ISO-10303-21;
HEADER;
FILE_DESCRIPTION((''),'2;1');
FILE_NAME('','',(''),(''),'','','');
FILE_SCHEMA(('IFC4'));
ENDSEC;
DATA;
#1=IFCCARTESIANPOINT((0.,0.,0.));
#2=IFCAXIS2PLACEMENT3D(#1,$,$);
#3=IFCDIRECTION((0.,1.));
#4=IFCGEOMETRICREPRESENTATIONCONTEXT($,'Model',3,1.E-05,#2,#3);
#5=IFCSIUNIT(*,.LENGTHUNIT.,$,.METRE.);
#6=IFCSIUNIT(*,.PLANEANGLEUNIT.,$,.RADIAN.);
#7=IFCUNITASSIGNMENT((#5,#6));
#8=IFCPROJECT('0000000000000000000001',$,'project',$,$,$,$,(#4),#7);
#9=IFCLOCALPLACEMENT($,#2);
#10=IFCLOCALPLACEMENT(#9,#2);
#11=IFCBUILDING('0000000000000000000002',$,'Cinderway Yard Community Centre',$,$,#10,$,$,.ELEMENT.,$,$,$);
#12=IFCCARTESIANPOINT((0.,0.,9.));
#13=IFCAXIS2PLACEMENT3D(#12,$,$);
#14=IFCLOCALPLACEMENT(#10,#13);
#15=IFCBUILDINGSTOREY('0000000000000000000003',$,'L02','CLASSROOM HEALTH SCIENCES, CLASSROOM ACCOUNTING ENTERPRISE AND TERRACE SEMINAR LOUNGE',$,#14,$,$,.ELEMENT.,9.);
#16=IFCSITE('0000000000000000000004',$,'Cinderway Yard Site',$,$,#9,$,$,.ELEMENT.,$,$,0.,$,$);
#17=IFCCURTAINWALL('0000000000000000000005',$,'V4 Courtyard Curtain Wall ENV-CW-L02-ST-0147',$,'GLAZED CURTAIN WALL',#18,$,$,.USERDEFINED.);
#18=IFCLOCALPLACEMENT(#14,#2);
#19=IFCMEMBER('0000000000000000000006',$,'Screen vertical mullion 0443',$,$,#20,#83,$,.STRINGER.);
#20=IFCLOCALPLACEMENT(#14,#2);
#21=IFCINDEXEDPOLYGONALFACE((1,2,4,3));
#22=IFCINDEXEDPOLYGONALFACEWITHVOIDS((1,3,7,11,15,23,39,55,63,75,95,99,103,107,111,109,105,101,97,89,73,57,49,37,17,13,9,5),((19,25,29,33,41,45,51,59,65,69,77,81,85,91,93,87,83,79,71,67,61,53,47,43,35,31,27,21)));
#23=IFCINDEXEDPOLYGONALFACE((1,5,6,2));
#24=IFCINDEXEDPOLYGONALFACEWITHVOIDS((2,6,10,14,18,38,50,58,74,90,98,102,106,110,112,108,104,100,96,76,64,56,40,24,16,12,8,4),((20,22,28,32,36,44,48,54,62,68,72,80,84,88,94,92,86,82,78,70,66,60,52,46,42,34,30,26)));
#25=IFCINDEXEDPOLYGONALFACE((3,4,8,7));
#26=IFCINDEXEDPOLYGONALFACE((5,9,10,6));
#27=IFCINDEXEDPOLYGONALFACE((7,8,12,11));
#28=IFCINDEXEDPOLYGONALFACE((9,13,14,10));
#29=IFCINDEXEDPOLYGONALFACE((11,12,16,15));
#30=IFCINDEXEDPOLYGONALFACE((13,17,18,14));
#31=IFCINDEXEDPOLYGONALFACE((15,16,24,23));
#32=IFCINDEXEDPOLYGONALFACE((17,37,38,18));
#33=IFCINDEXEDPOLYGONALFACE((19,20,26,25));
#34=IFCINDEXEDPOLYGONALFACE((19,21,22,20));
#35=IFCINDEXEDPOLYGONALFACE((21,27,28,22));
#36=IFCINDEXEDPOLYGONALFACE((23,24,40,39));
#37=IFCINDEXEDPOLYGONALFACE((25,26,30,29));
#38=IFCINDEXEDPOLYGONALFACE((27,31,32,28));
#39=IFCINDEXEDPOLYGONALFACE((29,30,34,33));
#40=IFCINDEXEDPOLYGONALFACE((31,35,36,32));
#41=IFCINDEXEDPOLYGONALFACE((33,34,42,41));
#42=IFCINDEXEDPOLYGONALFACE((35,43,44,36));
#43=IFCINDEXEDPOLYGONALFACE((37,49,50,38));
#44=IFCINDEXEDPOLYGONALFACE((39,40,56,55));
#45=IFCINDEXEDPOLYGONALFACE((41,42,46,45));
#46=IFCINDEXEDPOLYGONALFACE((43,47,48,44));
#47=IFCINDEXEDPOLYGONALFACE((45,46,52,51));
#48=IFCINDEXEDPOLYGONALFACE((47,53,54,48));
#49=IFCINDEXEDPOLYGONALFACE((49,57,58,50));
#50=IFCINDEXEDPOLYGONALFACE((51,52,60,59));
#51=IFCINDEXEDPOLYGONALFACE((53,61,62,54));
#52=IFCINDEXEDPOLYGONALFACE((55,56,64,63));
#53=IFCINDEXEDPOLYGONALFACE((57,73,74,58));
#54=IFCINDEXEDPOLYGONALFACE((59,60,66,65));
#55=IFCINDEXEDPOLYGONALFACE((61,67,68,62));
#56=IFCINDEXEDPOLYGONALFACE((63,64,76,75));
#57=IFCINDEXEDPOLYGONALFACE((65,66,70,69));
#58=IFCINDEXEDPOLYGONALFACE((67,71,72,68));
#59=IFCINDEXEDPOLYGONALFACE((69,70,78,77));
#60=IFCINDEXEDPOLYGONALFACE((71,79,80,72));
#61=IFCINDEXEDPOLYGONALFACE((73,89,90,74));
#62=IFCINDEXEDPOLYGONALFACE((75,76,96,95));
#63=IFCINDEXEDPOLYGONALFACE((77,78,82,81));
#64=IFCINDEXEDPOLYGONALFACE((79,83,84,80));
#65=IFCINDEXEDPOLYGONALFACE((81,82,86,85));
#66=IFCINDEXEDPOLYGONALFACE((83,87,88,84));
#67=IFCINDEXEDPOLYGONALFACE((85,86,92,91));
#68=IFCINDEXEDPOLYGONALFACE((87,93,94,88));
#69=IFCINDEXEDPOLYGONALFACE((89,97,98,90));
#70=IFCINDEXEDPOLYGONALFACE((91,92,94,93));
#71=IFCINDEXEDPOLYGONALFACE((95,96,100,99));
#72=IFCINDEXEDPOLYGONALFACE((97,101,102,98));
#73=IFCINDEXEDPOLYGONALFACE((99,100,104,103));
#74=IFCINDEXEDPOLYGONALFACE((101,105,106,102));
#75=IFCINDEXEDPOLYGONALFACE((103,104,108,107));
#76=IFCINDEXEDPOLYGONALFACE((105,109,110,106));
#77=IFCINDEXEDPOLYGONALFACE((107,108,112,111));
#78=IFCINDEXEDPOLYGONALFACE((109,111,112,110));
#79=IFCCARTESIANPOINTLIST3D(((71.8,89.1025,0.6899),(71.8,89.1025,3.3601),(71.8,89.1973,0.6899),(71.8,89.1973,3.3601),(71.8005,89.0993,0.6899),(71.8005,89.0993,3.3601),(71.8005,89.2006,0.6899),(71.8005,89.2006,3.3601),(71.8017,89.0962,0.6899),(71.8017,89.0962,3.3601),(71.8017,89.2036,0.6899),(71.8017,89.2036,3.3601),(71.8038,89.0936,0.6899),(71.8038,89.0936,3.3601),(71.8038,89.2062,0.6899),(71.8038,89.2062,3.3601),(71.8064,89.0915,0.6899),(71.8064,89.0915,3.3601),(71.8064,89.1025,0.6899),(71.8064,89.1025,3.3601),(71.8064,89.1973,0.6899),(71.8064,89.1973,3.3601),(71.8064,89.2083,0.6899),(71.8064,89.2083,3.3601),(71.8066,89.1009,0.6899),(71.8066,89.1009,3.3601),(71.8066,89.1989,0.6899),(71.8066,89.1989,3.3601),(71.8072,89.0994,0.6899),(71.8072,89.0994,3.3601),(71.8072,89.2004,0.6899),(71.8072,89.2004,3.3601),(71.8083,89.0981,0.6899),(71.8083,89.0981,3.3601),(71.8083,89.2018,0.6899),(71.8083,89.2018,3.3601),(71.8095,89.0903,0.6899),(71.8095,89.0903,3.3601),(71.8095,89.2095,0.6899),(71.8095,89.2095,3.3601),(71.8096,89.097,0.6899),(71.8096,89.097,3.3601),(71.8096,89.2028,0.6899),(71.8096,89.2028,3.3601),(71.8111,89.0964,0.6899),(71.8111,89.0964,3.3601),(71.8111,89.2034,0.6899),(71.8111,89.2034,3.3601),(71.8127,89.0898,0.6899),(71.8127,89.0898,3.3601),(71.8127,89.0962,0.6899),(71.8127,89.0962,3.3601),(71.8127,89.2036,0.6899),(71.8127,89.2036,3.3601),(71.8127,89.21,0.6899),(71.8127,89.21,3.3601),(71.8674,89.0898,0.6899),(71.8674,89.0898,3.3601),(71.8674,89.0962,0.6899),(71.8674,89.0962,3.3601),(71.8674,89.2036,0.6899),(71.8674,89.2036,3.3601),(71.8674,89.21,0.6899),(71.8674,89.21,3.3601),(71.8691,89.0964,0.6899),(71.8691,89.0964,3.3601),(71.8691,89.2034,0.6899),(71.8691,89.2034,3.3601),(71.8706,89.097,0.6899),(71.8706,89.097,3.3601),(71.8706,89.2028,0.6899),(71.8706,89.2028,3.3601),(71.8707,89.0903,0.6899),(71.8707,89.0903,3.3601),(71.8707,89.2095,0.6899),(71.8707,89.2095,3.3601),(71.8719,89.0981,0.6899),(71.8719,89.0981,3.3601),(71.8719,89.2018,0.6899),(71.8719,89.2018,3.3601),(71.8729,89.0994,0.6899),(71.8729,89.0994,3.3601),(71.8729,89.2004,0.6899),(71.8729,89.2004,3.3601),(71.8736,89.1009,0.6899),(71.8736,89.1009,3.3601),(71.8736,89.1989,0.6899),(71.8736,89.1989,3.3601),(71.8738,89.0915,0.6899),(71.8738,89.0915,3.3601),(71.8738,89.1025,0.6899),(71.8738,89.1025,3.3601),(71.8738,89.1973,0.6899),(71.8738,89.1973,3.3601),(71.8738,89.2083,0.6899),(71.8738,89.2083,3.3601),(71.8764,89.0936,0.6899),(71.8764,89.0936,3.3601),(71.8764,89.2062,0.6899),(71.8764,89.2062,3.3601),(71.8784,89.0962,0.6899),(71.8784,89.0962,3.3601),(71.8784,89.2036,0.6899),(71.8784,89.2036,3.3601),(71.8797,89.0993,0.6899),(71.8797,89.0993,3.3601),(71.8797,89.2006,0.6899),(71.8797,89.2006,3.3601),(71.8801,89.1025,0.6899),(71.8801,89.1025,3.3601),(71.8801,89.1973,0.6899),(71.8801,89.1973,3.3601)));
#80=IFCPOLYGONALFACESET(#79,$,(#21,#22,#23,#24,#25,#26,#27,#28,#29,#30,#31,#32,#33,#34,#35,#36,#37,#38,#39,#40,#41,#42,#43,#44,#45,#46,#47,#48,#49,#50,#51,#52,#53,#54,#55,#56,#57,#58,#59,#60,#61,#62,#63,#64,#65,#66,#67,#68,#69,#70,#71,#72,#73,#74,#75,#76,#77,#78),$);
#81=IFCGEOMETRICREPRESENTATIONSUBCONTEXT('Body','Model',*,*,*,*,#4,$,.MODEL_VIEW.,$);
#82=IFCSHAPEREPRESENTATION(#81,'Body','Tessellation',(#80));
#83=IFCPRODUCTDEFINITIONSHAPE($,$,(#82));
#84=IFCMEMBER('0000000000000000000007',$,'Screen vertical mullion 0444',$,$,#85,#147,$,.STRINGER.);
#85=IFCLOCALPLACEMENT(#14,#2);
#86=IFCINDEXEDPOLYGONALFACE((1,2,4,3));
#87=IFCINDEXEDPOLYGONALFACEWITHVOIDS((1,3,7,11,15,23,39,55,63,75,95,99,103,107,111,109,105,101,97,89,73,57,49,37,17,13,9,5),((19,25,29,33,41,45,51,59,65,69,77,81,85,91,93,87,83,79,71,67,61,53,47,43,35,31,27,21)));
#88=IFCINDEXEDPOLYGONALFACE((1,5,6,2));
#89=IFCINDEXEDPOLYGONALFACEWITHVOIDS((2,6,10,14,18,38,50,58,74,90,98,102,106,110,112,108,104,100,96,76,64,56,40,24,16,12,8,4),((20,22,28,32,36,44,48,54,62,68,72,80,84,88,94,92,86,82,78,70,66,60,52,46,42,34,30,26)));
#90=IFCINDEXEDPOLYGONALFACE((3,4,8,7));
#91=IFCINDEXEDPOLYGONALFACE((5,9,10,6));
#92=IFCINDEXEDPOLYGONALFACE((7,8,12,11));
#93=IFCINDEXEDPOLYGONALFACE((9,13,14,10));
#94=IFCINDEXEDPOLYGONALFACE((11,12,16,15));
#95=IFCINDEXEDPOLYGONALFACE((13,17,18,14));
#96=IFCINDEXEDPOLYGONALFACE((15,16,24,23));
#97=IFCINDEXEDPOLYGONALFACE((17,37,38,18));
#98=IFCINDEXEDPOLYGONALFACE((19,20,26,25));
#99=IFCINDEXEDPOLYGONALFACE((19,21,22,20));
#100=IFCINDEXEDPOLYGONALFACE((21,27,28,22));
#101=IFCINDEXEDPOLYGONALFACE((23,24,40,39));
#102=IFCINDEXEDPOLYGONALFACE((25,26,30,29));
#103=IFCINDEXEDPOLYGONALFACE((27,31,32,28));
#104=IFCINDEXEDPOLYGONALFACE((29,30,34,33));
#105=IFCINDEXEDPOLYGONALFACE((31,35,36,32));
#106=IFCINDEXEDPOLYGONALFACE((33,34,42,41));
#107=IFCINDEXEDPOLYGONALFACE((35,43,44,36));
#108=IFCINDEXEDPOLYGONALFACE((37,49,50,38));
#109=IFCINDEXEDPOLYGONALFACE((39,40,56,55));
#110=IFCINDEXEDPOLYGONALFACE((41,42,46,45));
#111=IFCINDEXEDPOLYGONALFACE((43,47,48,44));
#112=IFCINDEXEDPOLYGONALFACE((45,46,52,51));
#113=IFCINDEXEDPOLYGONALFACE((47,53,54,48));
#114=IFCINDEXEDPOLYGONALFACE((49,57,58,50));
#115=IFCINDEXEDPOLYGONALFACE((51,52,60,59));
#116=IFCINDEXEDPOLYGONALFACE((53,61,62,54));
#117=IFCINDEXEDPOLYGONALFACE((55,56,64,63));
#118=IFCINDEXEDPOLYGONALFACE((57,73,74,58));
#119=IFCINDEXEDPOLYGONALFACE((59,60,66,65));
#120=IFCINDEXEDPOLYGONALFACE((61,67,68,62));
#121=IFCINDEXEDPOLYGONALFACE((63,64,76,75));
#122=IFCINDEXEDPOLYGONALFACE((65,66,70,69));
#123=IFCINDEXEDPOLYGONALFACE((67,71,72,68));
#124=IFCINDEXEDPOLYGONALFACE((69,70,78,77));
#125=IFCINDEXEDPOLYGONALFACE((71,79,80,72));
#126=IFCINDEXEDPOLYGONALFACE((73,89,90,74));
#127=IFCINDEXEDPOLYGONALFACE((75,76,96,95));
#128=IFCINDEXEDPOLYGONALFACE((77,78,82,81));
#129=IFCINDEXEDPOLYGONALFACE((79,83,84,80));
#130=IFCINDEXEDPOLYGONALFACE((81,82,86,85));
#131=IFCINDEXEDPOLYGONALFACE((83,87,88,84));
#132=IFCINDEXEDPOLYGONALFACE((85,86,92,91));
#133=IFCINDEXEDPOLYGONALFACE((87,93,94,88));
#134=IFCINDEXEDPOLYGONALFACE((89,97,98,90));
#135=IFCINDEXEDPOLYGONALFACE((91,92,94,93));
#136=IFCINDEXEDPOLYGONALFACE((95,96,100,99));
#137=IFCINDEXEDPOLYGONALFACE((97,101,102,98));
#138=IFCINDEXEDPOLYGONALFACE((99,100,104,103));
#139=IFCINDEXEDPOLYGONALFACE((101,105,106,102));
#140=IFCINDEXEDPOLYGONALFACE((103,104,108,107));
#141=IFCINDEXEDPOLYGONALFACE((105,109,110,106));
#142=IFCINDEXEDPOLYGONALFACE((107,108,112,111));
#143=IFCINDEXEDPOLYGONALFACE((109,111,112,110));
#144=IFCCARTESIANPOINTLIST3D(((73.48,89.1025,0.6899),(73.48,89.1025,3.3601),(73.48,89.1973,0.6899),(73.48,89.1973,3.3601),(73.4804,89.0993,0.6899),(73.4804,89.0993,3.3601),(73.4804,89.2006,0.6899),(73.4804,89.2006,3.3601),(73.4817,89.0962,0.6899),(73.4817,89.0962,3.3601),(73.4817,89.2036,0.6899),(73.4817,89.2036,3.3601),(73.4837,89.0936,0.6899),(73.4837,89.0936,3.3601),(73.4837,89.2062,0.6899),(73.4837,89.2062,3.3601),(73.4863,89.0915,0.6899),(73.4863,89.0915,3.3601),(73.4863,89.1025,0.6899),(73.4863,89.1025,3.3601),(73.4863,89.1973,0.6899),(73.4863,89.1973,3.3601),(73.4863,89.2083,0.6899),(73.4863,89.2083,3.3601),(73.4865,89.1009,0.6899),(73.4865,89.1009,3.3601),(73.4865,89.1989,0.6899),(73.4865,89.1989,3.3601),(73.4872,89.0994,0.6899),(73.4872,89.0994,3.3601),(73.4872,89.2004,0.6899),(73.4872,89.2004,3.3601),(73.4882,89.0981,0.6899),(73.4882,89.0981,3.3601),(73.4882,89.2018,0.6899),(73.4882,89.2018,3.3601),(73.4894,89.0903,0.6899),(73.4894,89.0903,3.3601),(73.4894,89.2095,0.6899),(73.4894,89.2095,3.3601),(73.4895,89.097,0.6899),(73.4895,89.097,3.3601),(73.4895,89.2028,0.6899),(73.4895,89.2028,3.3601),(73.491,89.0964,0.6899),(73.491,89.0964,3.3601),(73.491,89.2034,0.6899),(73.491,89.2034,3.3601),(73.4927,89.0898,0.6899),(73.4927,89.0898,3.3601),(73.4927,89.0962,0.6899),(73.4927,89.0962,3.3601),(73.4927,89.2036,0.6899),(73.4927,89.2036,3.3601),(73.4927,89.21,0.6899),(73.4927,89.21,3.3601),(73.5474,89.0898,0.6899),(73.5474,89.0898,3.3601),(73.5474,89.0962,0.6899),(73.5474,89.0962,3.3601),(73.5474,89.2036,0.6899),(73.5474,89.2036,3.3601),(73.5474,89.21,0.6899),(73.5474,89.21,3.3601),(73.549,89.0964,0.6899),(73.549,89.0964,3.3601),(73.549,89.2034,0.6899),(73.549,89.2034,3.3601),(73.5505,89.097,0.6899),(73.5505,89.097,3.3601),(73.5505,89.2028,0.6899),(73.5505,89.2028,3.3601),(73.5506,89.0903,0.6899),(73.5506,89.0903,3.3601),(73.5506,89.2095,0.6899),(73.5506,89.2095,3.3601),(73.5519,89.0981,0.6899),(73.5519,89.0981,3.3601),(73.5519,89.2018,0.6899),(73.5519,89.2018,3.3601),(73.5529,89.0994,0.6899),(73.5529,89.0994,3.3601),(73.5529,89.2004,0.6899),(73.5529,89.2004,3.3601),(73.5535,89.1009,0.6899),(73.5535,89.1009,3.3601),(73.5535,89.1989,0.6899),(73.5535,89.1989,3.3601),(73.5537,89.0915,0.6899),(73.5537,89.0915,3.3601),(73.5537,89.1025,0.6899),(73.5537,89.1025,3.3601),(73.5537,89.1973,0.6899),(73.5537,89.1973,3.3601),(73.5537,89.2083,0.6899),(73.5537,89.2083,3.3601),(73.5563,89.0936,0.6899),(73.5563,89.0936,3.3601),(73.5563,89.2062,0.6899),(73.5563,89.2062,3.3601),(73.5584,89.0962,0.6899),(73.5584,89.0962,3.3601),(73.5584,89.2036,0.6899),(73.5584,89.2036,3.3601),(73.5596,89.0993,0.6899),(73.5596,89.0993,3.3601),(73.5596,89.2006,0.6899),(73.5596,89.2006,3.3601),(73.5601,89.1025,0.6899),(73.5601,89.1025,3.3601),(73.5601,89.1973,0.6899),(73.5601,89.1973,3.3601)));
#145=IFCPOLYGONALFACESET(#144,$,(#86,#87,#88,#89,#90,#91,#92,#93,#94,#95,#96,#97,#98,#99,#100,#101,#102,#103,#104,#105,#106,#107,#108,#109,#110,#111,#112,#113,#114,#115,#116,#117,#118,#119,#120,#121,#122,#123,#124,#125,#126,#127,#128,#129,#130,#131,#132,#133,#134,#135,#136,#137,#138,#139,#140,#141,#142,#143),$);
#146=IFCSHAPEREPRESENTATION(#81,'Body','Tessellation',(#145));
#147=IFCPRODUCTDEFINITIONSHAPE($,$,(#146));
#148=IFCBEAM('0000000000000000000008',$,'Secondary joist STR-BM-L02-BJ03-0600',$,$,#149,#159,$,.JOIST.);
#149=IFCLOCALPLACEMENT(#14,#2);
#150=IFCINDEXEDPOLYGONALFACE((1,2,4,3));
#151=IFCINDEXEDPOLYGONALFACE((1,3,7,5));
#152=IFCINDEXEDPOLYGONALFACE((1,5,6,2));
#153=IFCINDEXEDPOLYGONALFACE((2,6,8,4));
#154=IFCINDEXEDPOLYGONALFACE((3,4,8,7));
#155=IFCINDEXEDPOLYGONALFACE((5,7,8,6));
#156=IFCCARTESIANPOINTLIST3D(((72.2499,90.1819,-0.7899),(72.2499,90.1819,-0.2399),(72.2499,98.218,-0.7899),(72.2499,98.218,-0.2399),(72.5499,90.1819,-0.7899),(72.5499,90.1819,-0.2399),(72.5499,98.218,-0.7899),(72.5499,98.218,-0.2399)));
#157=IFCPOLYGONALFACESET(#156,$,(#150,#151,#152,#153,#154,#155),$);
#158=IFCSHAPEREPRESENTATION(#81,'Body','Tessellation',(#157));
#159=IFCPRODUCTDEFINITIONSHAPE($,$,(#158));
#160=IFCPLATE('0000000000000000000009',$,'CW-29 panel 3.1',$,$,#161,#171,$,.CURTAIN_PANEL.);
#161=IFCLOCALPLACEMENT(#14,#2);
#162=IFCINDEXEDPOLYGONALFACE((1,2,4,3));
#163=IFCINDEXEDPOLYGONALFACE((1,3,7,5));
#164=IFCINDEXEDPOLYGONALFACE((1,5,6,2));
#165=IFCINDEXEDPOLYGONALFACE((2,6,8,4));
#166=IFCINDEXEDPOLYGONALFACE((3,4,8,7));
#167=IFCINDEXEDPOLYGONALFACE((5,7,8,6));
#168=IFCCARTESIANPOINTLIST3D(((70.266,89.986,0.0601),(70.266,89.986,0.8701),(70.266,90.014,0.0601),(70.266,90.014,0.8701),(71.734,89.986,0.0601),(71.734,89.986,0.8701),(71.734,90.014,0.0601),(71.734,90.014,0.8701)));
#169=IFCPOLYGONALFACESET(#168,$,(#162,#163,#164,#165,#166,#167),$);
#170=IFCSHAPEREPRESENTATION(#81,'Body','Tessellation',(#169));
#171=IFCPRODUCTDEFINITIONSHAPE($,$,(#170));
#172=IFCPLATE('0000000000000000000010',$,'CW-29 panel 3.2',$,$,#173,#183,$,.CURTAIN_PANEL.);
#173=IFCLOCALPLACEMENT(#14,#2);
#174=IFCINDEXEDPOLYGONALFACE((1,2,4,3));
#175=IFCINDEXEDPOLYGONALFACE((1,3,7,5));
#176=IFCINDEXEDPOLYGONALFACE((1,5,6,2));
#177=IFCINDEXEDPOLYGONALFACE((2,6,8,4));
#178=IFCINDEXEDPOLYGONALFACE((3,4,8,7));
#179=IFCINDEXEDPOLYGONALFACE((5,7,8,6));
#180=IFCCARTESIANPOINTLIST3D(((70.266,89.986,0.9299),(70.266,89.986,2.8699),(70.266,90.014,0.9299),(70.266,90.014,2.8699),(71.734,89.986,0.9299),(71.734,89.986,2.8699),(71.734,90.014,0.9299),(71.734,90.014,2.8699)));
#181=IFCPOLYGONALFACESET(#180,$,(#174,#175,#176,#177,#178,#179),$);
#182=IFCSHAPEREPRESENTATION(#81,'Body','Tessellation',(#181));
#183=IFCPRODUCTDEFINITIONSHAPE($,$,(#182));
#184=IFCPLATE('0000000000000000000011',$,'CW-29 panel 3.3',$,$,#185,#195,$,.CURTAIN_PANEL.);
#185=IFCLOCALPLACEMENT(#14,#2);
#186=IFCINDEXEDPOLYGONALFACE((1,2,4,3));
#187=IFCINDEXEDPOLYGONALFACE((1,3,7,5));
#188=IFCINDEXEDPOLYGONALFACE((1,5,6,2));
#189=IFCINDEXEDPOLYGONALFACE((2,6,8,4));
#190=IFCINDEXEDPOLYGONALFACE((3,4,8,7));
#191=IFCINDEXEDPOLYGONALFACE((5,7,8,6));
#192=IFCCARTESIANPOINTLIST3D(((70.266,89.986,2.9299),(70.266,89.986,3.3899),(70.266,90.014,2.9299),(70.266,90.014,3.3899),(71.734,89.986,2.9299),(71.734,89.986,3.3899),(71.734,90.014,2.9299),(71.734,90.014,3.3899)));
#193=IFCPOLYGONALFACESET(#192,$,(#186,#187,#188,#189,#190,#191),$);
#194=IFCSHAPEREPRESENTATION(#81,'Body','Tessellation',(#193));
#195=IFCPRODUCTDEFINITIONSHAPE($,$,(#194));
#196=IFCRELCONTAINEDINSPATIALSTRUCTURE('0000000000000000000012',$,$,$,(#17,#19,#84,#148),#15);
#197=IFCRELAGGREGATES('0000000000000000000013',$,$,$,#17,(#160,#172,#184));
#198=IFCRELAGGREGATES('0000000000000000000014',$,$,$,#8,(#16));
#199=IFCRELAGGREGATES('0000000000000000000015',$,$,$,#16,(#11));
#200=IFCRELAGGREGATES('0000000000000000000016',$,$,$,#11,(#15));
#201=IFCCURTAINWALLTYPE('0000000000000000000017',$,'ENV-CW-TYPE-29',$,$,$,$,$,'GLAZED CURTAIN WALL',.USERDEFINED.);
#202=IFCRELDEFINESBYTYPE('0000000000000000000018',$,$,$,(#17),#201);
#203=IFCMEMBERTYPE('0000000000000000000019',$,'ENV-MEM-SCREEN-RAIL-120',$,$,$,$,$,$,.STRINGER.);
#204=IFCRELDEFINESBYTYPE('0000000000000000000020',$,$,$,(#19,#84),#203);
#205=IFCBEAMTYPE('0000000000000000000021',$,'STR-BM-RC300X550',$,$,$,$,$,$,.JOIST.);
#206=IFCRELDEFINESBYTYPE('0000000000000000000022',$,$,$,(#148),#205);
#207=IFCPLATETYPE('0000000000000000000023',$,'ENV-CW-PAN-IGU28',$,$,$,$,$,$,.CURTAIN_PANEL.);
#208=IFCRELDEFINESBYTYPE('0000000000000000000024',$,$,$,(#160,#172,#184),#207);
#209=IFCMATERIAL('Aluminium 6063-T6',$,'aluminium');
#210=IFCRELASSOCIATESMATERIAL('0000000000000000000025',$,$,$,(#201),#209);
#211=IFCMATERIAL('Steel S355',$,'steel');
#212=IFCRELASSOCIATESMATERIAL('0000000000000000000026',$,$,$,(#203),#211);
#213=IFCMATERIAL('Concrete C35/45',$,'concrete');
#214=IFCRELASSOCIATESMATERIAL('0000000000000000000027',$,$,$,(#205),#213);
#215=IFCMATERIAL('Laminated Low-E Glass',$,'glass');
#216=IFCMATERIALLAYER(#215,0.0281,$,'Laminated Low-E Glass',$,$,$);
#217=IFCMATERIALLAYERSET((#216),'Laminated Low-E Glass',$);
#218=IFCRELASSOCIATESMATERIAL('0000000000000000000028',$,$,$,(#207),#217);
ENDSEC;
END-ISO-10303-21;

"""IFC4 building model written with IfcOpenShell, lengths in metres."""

from ifc_helpers import new_model, si_unit, direction, frame, origin, origin_2d, place, context, subcontext, project, spatial, rectangle, hollow_rectangle, extrude, material, layer, layer_set, material_profile, profile_set, type_object, element, aggregate, save


model = new_model("IFC4")

# Units and contexts
model_context = context("Model", 3, precision=1e-05, world=origin(), true_north=direction((0.0, 1.0)))
body_context = subcontext(model_context, "Body", "Model", "MODEL_VIEW")
ifc_project = project(units=[si_unit("LENGTHUNIT", "METRE"), si_unit("PLANEANGLEUNIT", "RADIAN")], contexts=[model_context])

# Site, building, storey
site_placement = place(None, origin())
site = spatial("IfcSite", under=ifc_project, at=site_placement, Name="Cinderway Yard Site", CompositionType="ELEMENT", RefElevation=0.0)
building_placement = place(site_placement, origin())
building = spatial("IfcBuilding", under=site, at=building_placement, Name="Cinderway Yard Community Centre", CompositionType="ELEMENT")
storey_placement = place(building_placement, frame((0.0, 0.0, 9.0)))
storey = spatial("IfcBuildingStorey", under=building, at=storey_placement, Name="L02", Description="CLASSROOM HEALTH SCIENCES, CLASSROOM ACCOUNTING ENTERPRISE AND TERRACE SEMINAR LOUNGE", CompositionType="ELEMENT", Elevation=9.0)

# Curtain wall
ifc_material_1 = material(Name="Aluminium 6063-T6", Category="aluminium")
curtain_wall_type = type_object("IfcCurtainWallType", Name="ENV-CW-TYPE-29", ElementType="GLAZED CURTAIN WALL", PredefinedType="USERDEFINED", material=ifc_material_1)
curtain_wall_placement = place(storey_placement, origin())
curtain_wall = element("IfcCurtainWall", 1, at=curtain_wall_placement, inside=storey, type_object=curtain_wall_type, Name="V4 Courtyard Curtain Wall ENV-CW-L02-ST-0147", ObjectType="GLAZED CURTAIN WALL", PredefinedType="USERDEFINED")

# Members
ifc_material_2 = material(Name="Steel S355", Category="steel")
ifc_material_profile_1 = material_profile(ifc_material_2, hollow_rectangle(XDim=0.0801, YDim=0.1201, WallThickness=0.0063, InnerFilletRadius=0.0063, OuterFilletRadius=0.0127, at=origin_2d()), Name="Steel S355")
ifc_profile_set_1 = profile_set([ifc_material_profile_1], Name="Steel S355")
member_type_1 = type_object("IfcMemberType", Name="ENV-MEM-SCREEN-RAIL-120", PredefinedType="STRINGER", material=ifc_profile_set_1)
for number, where, z_axis, x_axis, name in (
    (2, (71.8401, 89.1499, 0.6899), (0.0, 0.0, 1.0), (1.0, 0.0, 0.0), "Screen vertical mullion 0443"),
    (3, (73.52, 89.1499, 0.6899), (0.0, 0.0, 1.0), (1.0, 0.0, 0.0), "Screen vertical mullion 0444"),
):
    element("IfcMember", number, at=place(storey_placement, frame(where, z_axis=z_axis, x_axis=x_axis)), inside=storey, type_object=member_type_1, Name=name, PredefinedType="STRINGER", context=body_context, shape_type="SweptSolid", body=[
        extrude(hollow_rectangle(XDim=0.0801, YDim=0.1201, WallThickness=0.0063, InnerFilletRadius=0.0063, OuterFilletRadius=0.0127, at=origin_2d()), origin(), (0.0, 0.0, 1.0), 2.6702),
    ])

# Beam
ifc_material_3 = material(Name="Concrete C35/45", Category="concrete")
ifc_material_profile_2 = material_profile(ifc_material_3, rectangle(XDim=0.3, YDim=0.55, at=origin_2d()), Name="Concrete C35/45")
ifc_profile_set_2 = profile_set([ifc_material_profile_2], Name="Concrete C35/45")
beam_type = type_object("IfcBeamType", Name="STR-BM-RC300X550", PredefinedType="JOIST", material=ifc_profile_set_2)
beam_placement = place(storey_placement, frame((72.3999, 90.1819, -0.5149), z_axis=(0.0, 1.0, 0.0), x_axis=(-1.0, 0.0, 0.0)))
element("IfcBeam", 4, at=beam_placement, inside=storey, type_object=beam_type, Name="Secondary joist STR-BM-L02-BJ03-0600", PredefinedType="JOIST", context=body_context, shape_type="SweptSolid", body=[
    extrude(rectangle(XDim=0.3, YDim=0.55, at=origin_2d()), origin(), (0.0, 0.0, 1.0), 8.0361),
])

# Plates
ifc_material_4 = material(Name="Laminated Low-E Glass", Category="glass")
ifc_layer_1 = layer(ifc_material_4, 0.0281, Name="Laminated Low-E Glass")
ifc_layer_set_1 = layer_set([ifc_layer_1], Name="Laminated Low-E Glass")
plate_type_1 = type_object("IfcPlateType", Name="ENV-CW-PAN-IGU28", PredefinedType="CURTAIN_PANEL", material=ifc_layer_set_1)
plate_1_placement = place(storey_placement, frame((71.0, 90.0, 0.0601), z_axis=(0.0, 0.0, 1.0), x_axis=(1.0, 0.0, 0.0)))
plate_1 = element("IfcPlate", 5, at=plate_1_placement, type_object=plate_type_1, Name="CW-29 panel 3.1", PredefinedType="CURTAIN_PANEL", context=body_context, shape_type="SweptSolid", body=[
    extrude(rectangle(XDim=1.468, YDim=0.0281, at=origin_2d()), origin(), (0.0, 0.0, 1.0), 0.8101),
])
plate_2_placement = place(storey_placement, frame((71.0, 90.0, 0.9299), z_axis=(0.0, 0.0, 1.0), x_axis=(1.0, 0.0, 0.0)))
plate_2 = element("IfcPlate", 6, at=plate_2_placement, type_object=plate_type_1, Name="CW-29 panel 3.2", PredefinedType="CURTAIN_PANEL", context=body_context, shape_type="SweptSolid", body=[
    extrude(rectangle(XDim=1.468, YDim=0.0281, at=origin_2d()), origin(), (0.0, 0.0, 1.0), 1.9399),
])
plate_3_placement = place(storey_placement, frame((71.0, 90.0, 2.9299), z_axis=(0.0, 0.0, 1.0), x_axis=(1.0, 0.0, 0.0)))
plate_3 = element("IfcPlate", 7, at=plate_3_placement, type_object=plate_type_1, Name="CW-29 panel 3.3", PredefinedType="CURTAIN_PANEL", context=body_context, shape_type="SweptSolid", body=[
    extrude(rectangle(XDim=1.468, YDim=0.0281, at=origin_2d()), origin(), (0.0, 0.0, 1.0), 0.46),
])
aggregate(curtain_wall, [plate_1, plate_2, plate_3])

save(model, "model.ifc")
